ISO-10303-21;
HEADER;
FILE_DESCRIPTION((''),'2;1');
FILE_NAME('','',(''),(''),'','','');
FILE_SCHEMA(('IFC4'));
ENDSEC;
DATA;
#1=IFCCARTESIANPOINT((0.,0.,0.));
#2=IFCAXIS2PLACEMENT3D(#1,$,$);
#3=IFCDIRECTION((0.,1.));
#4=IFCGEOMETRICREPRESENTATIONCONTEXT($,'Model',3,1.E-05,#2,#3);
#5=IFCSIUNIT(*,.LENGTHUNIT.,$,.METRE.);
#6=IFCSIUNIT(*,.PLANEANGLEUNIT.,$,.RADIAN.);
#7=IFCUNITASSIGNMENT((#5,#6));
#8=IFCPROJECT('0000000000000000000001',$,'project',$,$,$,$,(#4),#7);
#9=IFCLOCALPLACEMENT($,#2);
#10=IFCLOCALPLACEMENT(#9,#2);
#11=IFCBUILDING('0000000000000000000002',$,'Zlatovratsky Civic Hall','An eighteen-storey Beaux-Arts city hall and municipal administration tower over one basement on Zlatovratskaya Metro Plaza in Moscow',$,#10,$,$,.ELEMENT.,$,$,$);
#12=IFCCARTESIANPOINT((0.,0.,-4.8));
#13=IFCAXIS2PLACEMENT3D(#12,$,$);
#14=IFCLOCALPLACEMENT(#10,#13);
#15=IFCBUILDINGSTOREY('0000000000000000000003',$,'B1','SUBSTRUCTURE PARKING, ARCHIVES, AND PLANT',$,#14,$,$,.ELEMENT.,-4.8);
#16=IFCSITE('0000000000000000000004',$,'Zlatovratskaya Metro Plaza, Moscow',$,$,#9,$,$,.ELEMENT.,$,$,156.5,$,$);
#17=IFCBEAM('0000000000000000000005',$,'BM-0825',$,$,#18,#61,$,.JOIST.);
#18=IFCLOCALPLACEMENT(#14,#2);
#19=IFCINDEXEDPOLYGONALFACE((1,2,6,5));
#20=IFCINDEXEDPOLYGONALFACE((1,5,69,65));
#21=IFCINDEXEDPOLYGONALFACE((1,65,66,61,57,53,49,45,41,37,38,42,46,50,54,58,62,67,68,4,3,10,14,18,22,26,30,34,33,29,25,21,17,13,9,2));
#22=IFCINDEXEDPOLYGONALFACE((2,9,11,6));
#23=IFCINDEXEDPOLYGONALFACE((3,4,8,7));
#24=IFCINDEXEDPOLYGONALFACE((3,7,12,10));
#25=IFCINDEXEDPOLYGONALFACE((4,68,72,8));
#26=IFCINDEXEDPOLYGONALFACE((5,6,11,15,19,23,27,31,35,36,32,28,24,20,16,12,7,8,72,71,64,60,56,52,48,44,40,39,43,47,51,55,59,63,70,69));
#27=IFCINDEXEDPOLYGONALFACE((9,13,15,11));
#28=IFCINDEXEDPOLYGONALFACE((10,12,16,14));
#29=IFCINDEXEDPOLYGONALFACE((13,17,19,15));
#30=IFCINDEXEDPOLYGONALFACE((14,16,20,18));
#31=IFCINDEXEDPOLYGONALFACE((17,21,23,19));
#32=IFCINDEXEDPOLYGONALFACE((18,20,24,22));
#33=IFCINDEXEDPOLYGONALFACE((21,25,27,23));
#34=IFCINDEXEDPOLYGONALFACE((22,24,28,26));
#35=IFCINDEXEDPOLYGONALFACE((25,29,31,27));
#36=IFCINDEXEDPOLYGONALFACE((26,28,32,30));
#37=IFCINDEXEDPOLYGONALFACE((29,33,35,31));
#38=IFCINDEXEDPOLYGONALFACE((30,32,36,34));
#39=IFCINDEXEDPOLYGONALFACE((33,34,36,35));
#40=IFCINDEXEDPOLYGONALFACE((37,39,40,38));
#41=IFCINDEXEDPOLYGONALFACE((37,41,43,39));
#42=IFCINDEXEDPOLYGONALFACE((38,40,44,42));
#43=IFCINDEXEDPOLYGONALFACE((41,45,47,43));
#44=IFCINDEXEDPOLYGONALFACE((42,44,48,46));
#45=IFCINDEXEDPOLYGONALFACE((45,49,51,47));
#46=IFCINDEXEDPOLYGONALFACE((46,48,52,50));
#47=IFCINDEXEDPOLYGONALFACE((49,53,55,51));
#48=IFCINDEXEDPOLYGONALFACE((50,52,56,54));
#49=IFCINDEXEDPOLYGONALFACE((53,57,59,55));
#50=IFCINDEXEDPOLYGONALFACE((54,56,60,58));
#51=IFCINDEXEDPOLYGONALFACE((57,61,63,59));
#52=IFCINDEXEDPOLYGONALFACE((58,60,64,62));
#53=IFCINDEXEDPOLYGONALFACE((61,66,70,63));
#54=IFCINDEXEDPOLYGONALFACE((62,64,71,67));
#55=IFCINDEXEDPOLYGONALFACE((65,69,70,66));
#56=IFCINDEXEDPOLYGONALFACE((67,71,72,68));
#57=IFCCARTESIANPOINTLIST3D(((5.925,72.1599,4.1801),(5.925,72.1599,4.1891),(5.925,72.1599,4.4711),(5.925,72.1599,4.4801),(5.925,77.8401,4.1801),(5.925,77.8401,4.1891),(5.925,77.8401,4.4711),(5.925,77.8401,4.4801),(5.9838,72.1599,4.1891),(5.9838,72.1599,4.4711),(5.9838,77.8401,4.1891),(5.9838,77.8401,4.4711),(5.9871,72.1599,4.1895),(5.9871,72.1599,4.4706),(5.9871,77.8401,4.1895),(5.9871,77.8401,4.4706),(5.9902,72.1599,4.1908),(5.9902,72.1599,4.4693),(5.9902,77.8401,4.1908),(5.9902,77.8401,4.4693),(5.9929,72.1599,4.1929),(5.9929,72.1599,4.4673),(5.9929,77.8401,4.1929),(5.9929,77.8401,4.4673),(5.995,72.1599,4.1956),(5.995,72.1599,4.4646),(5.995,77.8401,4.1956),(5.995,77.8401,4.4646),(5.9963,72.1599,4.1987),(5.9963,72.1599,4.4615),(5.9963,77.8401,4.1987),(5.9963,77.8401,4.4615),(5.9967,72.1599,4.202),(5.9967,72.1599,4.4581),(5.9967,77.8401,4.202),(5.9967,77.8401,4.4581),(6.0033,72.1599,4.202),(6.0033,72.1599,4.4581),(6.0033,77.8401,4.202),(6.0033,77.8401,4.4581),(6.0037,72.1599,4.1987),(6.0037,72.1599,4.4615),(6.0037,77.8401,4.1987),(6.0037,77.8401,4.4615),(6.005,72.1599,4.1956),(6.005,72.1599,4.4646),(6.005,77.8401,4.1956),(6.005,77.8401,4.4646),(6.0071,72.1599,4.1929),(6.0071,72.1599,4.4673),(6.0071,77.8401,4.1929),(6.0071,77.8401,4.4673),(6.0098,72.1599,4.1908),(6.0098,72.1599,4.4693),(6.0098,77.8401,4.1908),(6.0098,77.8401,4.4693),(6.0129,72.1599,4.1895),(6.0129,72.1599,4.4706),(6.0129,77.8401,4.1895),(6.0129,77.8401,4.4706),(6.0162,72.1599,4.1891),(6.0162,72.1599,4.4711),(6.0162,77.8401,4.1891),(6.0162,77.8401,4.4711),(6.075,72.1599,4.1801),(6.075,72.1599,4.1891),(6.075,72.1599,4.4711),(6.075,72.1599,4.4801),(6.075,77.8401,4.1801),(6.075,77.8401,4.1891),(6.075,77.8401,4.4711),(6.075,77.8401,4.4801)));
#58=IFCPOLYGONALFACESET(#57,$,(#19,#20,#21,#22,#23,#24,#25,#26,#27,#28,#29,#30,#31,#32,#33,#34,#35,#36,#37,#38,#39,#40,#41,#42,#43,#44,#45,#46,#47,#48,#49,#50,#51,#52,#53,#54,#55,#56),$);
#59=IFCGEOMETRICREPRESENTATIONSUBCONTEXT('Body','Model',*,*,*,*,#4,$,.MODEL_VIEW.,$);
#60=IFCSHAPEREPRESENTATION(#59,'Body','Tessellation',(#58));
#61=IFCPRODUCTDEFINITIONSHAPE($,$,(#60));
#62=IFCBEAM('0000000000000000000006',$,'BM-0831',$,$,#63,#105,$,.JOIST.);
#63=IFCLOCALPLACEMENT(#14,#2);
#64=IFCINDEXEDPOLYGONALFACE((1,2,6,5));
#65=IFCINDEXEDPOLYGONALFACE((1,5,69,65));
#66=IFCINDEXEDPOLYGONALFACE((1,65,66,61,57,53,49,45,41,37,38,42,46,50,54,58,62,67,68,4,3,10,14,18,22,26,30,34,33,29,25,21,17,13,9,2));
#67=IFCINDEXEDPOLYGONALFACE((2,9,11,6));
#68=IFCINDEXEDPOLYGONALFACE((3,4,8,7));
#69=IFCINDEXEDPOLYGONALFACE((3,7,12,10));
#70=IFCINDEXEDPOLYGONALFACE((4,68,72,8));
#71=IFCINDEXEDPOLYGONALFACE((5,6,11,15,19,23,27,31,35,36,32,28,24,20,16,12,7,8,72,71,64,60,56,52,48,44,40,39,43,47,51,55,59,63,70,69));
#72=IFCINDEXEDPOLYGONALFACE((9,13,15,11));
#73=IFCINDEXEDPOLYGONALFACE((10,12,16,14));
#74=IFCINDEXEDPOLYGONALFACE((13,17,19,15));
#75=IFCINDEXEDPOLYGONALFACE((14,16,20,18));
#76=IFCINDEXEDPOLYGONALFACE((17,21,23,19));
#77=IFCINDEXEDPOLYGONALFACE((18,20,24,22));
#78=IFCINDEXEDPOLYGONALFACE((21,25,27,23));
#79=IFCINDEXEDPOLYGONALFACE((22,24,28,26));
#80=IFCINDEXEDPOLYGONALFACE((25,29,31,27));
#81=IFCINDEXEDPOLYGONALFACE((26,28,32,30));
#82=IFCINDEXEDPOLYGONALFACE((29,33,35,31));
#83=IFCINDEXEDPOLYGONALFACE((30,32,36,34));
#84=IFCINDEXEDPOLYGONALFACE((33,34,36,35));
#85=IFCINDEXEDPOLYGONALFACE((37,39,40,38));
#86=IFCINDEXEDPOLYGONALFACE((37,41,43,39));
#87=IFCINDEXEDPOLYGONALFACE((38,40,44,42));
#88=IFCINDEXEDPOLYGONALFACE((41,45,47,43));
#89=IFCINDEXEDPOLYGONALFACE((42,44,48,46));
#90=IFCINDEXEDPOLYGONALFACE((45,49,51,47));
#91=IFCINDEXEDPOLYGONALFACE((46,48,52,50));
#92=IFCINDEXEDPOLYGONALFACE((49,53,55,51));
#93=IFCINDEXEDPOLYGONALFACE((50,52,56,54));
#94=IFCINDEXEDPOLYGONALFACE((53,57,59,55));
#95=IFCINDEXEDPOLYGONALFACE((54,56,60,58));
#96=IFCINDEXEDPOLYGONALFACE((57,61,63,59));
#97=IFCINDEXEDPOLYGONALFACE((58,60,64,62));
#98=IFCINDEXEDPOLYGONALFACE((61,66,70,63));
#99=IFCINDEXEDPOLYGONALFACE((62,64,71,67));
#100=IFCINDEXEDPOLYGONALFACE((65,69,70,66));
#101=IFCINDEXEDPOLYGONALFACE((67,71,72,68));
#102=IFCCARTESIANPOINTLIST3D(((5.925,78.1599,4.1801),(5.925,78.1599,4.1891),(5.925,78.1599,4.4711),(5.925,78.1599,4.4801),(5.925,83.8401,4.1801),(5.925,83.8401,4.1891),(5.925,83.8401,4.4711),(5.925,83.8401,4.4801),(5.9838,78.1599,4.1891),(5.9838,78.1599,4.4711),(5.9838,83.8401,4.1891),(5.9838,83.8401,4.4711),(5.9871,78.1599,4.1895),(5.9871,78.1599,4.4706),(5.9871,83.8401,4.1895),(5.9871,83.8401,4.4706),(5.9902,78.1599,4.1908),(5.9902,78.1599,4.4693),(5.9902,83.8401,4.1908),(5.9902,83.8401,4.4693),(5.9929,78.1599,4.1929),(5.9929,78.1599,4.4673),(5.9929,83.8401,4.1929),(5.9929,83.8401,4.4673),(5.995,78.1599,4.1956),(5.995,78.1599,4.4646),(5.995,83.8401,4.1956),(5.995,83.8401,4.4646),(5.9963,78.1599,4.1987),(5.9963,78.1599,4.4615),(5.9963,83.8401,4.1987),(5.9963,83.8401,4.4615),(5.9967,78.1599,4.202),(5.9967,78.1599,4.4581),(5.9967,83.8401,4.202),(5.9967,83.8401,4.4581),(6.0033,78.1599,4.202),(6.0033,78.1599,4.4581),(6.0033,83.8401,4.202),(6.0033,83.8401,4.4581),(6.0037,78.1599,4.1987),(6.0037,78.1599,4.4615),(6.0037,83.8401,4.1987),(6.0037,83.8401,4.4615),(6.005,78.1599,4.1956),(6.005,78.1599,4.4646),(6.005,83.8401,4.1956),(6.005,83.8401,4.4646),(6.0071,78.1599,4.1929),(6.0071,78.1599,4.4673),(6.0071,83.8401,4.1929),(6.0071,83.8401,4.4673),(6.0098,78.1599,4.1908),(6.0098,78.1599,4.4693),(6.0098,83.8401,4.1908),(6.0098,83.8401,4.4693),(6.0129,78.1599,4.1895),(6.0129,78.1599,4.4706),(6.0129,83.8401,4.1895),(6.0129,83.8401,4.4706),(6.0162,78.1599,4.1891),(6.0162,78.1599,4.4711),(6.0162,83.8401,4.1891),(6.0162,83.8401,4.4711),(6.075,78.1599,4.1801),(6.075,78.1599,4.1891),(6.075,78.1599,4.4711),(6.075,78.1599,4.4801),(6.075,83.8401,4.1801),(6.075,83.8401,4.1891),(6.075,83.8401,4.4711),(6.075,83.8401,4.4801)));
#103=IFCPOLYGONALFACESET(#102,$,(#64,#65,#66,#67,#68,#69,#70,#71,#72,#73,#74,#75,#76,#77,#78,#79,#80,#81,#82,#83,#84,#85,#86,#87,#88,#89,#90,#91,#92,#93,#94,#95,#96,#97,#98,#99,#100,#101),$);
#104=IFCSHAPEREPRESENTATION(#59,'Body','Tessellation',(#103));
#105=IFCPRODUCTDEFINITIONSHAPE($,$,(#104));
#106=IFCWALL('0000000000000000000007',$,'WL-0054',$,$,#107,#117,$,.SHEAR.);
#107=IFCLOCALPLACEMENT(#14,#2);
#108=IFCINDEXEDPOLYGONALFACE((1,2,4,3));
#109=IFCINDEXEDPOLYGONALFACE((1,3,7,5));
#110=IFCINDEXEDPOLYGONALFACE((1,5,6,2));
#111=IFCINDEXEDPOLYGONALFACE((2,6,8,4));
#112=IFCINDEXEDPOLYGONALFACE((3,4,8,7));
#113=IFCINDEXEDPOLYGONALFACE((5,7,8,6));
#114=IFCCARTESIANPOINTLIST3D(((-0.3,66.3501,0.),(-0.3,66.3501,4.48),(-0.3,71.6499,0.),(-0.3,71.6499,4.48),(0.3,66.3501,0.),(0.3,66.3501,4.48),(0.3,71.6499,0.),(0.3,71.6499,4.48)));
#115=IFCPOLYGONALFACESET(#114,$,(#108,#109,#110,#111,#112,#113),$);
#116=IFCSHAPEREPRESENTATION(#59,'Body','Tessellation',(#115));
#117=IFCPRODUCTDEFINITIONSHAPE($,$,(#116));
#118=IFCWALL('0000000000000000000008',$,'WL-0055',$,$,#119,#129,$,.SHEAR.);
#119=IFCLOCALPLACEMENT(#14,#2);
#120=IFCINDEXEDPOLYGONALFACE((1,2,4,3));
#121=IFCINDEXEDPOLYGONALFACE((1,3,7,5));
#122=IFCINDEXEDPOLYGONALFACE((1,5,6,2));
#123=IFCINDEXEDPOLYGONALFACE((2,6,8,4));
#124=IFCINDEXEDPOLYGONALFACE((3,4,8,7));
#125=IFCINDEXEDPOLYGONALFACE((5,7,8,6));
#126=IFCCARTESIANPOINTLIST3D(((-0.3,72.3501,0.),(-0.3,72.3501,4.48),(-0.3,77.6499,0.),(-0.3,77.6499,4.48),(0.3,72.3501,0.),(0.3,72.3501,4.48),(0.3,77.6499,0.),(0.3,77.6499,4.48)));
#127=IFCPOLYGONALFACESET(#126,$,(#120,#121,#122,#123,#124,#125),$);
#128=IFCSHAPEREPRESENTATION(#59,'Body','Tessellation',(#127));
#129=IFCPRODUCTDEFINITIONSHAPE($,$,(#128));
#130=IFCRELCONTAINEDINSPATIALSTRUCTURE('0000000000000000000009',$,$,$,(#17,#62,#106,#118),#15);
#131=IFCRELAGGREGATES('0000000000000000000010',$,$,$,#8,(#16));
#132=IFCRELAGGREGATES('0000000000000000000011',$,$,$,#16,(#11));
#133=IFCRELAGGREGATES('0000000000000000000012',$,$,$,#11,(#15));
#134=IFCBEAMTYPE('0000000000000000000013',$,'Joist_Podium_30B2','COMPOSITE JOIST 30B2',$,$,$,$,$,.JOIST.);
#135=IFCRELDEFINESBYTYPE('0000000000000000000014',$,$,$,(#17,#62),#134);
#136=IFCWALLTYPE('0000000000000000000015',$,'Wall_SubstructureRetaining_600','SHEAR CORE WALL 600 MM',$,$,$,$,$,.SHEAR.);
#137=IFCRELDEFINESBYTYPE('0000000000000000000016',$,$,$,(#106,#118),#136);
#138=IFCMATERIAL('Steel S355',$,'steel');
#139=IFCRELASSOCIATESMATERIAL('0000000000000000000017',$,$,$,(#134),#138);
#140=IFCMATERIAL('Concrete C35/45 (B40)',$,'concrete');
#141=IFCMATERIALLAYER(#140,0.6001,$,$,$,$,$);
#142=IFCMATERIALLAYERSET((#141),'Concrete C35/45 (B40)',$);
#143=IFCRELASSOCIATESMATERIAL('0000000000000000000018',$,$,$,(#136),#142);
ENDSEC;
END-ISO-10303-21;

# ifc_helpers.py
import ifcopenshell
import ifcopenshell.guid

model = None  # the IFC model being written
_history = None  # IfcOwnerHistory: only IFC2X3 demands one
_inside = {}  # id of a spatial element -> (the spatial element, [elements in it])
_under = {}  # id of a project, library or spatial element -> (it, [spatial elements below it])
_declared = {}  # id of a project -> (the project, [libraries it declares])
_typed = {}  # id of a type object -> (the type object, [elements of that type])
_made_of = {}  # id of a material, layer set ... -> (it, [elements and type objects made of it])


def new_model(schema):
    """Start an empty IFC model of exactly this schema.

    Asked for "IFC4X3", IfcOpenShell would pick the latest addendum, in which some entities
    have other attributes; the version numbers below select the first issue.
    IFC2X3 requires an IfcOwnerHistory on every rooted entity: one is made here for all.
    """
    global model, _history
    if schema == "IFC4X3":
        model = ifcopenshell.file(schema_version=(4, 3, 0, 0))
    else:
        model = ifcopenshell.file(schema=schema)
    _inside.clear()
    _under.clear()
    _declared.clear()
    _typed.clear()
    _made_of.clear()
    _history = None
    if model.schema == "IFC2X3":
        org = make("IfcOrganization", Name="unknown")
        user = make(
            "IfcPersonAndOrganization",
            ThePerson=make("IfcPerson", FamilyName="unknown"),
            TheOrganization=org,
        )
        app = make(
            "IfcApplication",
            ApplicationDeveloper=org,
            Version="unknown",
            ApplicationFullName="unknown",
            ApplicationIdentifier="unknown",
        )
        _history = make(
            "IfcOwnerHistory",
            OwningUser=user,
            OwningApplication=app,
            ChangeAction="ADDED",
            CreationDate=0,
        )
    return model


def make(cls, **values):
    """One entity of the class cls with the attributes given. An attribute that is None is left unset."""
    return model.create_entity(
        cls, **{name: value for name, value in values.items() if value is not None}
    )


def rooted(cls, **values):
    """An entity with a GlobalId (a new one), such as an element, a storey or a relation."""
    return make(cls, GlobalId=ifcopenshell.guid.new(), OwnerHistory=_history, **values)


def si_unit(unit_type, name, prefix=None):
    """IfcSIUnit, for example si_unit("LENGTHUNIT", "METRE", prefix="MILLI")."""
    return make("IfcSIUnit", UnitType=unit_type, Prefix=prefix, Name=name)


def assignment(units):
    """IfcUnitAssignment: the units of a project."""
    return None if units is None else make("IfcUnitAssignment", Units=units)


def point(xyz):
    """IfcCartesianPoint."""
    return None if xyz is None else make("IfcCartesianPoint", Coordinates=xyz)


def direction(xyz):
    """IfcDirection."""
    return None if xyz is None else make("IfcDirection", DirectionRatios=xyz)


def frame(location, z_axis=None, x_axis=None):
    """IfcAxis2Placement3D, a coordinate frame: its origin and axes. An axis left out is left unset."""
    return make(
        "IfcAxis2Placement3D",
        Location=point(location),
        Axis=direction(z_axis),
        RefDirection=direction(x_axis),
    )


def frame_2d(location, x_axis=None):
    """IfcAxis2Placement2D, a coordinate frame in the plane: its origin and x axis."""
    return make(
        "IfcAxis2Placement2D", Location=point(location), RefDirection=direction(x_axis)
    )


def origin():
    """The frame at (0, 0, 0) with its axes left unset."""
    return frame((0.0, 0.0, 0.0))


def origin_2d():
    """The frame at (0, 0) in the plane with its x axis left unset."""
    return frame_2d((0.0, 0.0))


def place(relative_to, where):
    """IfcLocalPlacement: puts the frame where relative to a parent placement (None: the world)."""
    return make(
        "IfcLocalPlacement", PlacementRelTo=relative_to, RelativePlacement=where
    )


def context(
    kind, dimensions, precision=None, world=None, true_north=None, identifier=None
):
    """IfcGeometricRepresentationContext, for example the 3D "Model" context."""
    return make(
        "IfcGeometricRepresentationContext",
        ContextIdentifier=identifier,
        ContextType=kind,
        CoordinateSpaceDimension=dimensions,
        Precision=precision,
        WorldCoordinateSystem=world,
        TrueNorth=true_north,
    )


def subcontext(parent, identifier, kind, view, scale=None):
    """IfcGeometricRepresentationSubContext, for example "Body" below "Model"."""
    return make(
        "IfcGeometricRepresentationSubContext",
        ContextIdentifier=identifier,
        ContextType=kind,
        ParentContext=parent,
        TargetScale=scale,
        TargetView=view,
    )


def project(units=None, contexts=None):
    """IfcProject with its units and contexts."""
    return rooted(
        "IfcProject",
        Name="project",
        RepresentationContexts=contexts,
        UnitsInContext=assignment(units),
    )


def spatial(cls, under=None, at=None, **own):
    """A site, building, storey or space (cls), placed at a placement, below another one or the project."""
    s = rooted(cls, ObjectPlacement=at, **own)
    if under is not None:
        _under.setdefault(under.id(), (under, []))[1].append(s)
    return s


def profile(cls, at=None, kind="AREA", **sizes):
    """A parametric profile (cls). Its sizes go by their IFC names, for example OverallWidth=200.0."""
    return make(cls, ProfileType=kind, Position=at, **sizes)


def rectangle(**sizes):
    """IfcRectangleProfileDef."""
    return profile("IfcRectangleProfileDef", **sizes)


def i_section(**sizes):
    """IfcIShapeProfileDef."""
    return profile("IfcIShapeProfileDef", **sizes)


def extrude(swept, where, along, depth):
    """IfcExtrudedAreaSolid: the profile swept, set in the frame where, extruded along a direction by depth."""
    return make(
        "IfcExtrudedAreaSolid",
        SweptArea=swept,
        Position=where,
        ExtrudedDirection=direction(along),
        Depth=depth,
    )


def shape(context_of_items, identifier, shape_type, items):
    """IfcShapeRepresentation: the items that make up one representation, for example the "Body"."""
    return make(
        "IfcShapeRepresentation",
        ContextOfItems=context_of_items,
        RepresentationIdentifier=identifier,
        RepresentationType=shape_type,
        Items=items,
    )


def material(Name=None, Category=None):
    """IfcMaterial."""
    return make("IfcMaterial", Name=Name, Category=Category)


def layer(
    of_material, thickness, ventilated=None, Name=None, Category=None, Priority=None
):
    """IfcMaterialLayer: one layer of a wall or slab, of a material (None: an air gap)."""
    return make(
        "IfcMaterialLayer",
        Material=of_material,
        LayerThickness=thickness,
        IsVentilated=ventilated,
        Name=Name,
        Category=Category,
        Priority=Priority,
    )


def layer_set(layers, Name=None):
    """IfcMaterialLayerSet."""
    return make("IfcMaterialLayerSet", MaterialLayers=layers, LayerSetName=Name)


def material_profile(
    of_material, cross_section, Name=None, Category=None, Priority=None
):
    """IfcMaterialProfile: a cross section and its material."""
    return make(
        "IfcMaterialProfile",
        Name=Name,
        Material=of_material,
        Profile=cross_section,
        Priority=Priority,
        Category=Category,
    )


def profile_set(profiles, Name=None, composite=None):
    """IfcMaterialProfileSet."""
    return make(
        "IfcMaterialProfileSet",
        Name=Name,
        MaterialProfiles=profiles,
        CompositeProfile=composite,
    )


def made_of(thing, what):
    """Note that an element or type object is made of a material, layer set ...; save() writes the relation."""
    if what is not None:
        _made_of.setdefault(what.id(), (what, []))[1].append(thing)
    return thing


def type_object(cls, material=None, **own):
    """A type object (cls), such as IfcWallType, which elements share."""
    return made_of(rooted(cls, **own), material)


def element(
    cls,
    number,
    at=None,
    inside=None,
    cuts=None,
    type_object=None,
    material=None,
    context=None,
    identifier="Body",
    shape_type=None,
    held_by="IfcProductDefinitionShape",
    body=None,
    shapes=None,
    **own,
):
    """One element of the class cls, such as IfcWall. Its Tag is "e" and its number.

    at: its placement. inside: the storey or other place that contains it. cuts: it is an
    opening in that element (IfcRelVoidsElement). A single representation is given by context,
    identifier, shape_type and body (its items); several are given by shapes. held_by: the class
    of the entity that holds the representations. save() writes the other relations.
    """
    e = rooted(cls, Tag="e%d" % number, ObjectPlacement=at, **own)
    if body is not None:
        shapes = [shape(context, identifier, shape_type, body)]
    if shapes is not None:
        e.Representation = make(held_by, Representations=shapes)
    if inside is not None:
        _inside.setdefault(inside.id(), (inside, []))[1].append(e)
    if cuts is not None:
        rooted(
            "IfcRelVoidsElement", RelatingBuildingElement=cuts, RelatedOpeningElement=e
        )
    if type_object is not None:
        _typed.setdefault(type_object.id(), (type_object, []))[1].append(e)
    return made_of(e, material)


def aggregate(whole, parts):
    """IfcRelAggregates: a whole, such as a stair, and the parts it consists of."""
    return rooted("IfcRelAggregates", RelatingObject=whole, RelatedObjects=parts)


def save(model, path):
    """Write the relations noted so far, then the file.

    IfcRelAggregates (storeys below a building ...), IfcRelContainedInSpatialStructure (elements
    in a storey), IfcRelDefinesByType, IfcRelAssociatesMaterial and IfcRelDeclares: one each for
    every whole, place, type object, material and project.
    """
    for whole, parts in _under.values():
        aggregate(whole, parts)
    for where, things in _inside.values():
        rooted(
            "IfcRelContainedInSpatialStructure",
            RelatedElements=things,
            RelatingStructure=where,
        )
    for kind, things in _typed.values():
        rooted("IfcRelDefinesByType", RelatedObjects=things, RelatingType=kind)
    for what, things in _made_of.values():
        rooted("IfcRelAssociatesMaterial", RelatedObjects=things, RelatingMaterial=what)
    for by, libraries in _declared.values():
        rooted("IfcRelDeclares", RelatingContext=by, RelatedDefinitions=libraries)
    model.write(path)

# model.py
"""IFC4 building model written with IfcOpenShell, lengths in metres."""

from ifc_helpers import new_model, si_unit, direction, frame, frame_2d, origin, origin_2d, place, context, subcontext, project, spatial, rectangle, i_section, extrude, material, layer, layer_set, material_profile, profile_set, type_object, element, save


model = new_model("IFC4")

# Units and contexts
model_context = context("Model", 3, precision=1e-05, world=origin(), true_north=direction((0.0, 1.0)))
body_context = subcontext(model_context, "Body", "Model", "MODEL_VIEW")
ifc_project = project(units=[si_unit("LENGTHUNIT", "METRE"), si_unit("PLANEANGLEUNIT", "RADIAN")], contexts=[model_context])

# Site, building, storey
site_placement = place(None, origin())
site = spatial("IfcSite", under=ifc_project, at=site_placement, Name="Zlatovratskaya Metro Plaza, Moscow", CompositionType="ELEMENT", RefElevation=156.5)
building_placement = place(site_placement, origin())
building = spatial("IfcBuilding", under=site, at=building_placement, Name="Zlatovratsky Civic Hall", Description="An eighteen-storey Beaux-Arts city hall and municipal administration tower over one basement on Zlatovratskaya Metro Plaza in Moscow", CompositionType="ELEMENT")
storey_placement = place(building_placement, frame((0.0, 0.0, -4.8)))
storey = spatial("IfcBuildingStorey", under=building, at=storey_placement, Name="B1", Description="SUBSTRUCTURE PARKING, ARCHIVES, AND PLANT", CompositionType="ELEMENT", Elevation=-4.8)

# Shared definitions
ifc_material_1 = material(Name="Concrete C35/45 (B40)", Category="concrete")
ifc_material_2 = material(Name="Steel S355", Category="steel")

# Beams
ifc_material_profile_1 = material_profile(ifc_material_2, i_section(OverallWidth=0.1499, OverallDepth=0.3, WebThickness=0.0066, FlangeThickness=0.009, FilletRadius=0.0129, at=origin_2d()), Name="30B2")
ifc_profile_set_1 = profile_set([ifc_material_profile_1], Name="Steel S355")
beam_type_1 = type_object("IfcBeamType", Name="Joist_Podium_30B2", Description="COMPOSITE JOIST 30B2", PredefinedType="JOIST", material=ifc_profile_set_1)
for number, where, z_axis, x_axis, name in (
    (1, (6.0, 72.1599, 4.3301), (0.0, 1.0, 0.0), (-1.0, 0.0, 0.0), "BM-0825"),
    (2, (6.0, 78.1599, 4.3301), (0.0, 1.0, 0.0), (-1.0, 0.0, 0.0), "BM-0831"),
):
    element("IfcBeam", number, at=place(storey_placement, frame(where, z_axis=z_axis, x_axis=x_axis)), inside=storey, type_object=beam_type_1, Name=name, PredefinedType="JOIST", context=body_context, shape_type="SweptSolid", body=[
        extrude(i_section(OverallWidth=0.1499, OverallDepth=0.3, WebThickness=0.0066, FlangeThickness=0.009, FilletRadius=0.0129, at=origin_2d()), origin(), (0.0, 0.0, 1.0), 5.6802),
    ])

# Walls
ifc_layer = layer(ifc_material_1, 0.6001)
ifc_layer_set = layer_set([ifc_layer], Name="Concrete C35/45 (B40)")
wall_type = type_object("IfcWallType", Name="Wall_SubstructureRetaining_600", Description="SHEAR CORE WALL 600 MM", PredefinedType="SHEAR", material=ifc_layer_set)
for number, where, z_axis, x_axis, name in (
    (3, (0.0, 66.3501, 0.0), (0.0, 0.0, 1.0), (0.0, 1.0, 0.0), "WL-0054"),
    (4, (0.0, 72.3501, 0.0), (0.0, 0.0, 1.0), (0.0, 1.0, 0.0), "WL-0055"),
):
    element("IfcWall", number, at=place(storey_placement, frame(where, z_axis=z_axis, x_axis=x_axis)), inside=storey, type_object=wall_type, Name=name, PredefinedType="SHEAR", context=body_context, shape_type="SweptSolid", body=[
        extrude(rectangle(XDim=5.2998, YDim=0.6001, at=frame_2d((2.6499, 0.0))), origin(), (0.0, 0.0, 1.0), 4.48),
    ])

save(model, "model.ifc")
